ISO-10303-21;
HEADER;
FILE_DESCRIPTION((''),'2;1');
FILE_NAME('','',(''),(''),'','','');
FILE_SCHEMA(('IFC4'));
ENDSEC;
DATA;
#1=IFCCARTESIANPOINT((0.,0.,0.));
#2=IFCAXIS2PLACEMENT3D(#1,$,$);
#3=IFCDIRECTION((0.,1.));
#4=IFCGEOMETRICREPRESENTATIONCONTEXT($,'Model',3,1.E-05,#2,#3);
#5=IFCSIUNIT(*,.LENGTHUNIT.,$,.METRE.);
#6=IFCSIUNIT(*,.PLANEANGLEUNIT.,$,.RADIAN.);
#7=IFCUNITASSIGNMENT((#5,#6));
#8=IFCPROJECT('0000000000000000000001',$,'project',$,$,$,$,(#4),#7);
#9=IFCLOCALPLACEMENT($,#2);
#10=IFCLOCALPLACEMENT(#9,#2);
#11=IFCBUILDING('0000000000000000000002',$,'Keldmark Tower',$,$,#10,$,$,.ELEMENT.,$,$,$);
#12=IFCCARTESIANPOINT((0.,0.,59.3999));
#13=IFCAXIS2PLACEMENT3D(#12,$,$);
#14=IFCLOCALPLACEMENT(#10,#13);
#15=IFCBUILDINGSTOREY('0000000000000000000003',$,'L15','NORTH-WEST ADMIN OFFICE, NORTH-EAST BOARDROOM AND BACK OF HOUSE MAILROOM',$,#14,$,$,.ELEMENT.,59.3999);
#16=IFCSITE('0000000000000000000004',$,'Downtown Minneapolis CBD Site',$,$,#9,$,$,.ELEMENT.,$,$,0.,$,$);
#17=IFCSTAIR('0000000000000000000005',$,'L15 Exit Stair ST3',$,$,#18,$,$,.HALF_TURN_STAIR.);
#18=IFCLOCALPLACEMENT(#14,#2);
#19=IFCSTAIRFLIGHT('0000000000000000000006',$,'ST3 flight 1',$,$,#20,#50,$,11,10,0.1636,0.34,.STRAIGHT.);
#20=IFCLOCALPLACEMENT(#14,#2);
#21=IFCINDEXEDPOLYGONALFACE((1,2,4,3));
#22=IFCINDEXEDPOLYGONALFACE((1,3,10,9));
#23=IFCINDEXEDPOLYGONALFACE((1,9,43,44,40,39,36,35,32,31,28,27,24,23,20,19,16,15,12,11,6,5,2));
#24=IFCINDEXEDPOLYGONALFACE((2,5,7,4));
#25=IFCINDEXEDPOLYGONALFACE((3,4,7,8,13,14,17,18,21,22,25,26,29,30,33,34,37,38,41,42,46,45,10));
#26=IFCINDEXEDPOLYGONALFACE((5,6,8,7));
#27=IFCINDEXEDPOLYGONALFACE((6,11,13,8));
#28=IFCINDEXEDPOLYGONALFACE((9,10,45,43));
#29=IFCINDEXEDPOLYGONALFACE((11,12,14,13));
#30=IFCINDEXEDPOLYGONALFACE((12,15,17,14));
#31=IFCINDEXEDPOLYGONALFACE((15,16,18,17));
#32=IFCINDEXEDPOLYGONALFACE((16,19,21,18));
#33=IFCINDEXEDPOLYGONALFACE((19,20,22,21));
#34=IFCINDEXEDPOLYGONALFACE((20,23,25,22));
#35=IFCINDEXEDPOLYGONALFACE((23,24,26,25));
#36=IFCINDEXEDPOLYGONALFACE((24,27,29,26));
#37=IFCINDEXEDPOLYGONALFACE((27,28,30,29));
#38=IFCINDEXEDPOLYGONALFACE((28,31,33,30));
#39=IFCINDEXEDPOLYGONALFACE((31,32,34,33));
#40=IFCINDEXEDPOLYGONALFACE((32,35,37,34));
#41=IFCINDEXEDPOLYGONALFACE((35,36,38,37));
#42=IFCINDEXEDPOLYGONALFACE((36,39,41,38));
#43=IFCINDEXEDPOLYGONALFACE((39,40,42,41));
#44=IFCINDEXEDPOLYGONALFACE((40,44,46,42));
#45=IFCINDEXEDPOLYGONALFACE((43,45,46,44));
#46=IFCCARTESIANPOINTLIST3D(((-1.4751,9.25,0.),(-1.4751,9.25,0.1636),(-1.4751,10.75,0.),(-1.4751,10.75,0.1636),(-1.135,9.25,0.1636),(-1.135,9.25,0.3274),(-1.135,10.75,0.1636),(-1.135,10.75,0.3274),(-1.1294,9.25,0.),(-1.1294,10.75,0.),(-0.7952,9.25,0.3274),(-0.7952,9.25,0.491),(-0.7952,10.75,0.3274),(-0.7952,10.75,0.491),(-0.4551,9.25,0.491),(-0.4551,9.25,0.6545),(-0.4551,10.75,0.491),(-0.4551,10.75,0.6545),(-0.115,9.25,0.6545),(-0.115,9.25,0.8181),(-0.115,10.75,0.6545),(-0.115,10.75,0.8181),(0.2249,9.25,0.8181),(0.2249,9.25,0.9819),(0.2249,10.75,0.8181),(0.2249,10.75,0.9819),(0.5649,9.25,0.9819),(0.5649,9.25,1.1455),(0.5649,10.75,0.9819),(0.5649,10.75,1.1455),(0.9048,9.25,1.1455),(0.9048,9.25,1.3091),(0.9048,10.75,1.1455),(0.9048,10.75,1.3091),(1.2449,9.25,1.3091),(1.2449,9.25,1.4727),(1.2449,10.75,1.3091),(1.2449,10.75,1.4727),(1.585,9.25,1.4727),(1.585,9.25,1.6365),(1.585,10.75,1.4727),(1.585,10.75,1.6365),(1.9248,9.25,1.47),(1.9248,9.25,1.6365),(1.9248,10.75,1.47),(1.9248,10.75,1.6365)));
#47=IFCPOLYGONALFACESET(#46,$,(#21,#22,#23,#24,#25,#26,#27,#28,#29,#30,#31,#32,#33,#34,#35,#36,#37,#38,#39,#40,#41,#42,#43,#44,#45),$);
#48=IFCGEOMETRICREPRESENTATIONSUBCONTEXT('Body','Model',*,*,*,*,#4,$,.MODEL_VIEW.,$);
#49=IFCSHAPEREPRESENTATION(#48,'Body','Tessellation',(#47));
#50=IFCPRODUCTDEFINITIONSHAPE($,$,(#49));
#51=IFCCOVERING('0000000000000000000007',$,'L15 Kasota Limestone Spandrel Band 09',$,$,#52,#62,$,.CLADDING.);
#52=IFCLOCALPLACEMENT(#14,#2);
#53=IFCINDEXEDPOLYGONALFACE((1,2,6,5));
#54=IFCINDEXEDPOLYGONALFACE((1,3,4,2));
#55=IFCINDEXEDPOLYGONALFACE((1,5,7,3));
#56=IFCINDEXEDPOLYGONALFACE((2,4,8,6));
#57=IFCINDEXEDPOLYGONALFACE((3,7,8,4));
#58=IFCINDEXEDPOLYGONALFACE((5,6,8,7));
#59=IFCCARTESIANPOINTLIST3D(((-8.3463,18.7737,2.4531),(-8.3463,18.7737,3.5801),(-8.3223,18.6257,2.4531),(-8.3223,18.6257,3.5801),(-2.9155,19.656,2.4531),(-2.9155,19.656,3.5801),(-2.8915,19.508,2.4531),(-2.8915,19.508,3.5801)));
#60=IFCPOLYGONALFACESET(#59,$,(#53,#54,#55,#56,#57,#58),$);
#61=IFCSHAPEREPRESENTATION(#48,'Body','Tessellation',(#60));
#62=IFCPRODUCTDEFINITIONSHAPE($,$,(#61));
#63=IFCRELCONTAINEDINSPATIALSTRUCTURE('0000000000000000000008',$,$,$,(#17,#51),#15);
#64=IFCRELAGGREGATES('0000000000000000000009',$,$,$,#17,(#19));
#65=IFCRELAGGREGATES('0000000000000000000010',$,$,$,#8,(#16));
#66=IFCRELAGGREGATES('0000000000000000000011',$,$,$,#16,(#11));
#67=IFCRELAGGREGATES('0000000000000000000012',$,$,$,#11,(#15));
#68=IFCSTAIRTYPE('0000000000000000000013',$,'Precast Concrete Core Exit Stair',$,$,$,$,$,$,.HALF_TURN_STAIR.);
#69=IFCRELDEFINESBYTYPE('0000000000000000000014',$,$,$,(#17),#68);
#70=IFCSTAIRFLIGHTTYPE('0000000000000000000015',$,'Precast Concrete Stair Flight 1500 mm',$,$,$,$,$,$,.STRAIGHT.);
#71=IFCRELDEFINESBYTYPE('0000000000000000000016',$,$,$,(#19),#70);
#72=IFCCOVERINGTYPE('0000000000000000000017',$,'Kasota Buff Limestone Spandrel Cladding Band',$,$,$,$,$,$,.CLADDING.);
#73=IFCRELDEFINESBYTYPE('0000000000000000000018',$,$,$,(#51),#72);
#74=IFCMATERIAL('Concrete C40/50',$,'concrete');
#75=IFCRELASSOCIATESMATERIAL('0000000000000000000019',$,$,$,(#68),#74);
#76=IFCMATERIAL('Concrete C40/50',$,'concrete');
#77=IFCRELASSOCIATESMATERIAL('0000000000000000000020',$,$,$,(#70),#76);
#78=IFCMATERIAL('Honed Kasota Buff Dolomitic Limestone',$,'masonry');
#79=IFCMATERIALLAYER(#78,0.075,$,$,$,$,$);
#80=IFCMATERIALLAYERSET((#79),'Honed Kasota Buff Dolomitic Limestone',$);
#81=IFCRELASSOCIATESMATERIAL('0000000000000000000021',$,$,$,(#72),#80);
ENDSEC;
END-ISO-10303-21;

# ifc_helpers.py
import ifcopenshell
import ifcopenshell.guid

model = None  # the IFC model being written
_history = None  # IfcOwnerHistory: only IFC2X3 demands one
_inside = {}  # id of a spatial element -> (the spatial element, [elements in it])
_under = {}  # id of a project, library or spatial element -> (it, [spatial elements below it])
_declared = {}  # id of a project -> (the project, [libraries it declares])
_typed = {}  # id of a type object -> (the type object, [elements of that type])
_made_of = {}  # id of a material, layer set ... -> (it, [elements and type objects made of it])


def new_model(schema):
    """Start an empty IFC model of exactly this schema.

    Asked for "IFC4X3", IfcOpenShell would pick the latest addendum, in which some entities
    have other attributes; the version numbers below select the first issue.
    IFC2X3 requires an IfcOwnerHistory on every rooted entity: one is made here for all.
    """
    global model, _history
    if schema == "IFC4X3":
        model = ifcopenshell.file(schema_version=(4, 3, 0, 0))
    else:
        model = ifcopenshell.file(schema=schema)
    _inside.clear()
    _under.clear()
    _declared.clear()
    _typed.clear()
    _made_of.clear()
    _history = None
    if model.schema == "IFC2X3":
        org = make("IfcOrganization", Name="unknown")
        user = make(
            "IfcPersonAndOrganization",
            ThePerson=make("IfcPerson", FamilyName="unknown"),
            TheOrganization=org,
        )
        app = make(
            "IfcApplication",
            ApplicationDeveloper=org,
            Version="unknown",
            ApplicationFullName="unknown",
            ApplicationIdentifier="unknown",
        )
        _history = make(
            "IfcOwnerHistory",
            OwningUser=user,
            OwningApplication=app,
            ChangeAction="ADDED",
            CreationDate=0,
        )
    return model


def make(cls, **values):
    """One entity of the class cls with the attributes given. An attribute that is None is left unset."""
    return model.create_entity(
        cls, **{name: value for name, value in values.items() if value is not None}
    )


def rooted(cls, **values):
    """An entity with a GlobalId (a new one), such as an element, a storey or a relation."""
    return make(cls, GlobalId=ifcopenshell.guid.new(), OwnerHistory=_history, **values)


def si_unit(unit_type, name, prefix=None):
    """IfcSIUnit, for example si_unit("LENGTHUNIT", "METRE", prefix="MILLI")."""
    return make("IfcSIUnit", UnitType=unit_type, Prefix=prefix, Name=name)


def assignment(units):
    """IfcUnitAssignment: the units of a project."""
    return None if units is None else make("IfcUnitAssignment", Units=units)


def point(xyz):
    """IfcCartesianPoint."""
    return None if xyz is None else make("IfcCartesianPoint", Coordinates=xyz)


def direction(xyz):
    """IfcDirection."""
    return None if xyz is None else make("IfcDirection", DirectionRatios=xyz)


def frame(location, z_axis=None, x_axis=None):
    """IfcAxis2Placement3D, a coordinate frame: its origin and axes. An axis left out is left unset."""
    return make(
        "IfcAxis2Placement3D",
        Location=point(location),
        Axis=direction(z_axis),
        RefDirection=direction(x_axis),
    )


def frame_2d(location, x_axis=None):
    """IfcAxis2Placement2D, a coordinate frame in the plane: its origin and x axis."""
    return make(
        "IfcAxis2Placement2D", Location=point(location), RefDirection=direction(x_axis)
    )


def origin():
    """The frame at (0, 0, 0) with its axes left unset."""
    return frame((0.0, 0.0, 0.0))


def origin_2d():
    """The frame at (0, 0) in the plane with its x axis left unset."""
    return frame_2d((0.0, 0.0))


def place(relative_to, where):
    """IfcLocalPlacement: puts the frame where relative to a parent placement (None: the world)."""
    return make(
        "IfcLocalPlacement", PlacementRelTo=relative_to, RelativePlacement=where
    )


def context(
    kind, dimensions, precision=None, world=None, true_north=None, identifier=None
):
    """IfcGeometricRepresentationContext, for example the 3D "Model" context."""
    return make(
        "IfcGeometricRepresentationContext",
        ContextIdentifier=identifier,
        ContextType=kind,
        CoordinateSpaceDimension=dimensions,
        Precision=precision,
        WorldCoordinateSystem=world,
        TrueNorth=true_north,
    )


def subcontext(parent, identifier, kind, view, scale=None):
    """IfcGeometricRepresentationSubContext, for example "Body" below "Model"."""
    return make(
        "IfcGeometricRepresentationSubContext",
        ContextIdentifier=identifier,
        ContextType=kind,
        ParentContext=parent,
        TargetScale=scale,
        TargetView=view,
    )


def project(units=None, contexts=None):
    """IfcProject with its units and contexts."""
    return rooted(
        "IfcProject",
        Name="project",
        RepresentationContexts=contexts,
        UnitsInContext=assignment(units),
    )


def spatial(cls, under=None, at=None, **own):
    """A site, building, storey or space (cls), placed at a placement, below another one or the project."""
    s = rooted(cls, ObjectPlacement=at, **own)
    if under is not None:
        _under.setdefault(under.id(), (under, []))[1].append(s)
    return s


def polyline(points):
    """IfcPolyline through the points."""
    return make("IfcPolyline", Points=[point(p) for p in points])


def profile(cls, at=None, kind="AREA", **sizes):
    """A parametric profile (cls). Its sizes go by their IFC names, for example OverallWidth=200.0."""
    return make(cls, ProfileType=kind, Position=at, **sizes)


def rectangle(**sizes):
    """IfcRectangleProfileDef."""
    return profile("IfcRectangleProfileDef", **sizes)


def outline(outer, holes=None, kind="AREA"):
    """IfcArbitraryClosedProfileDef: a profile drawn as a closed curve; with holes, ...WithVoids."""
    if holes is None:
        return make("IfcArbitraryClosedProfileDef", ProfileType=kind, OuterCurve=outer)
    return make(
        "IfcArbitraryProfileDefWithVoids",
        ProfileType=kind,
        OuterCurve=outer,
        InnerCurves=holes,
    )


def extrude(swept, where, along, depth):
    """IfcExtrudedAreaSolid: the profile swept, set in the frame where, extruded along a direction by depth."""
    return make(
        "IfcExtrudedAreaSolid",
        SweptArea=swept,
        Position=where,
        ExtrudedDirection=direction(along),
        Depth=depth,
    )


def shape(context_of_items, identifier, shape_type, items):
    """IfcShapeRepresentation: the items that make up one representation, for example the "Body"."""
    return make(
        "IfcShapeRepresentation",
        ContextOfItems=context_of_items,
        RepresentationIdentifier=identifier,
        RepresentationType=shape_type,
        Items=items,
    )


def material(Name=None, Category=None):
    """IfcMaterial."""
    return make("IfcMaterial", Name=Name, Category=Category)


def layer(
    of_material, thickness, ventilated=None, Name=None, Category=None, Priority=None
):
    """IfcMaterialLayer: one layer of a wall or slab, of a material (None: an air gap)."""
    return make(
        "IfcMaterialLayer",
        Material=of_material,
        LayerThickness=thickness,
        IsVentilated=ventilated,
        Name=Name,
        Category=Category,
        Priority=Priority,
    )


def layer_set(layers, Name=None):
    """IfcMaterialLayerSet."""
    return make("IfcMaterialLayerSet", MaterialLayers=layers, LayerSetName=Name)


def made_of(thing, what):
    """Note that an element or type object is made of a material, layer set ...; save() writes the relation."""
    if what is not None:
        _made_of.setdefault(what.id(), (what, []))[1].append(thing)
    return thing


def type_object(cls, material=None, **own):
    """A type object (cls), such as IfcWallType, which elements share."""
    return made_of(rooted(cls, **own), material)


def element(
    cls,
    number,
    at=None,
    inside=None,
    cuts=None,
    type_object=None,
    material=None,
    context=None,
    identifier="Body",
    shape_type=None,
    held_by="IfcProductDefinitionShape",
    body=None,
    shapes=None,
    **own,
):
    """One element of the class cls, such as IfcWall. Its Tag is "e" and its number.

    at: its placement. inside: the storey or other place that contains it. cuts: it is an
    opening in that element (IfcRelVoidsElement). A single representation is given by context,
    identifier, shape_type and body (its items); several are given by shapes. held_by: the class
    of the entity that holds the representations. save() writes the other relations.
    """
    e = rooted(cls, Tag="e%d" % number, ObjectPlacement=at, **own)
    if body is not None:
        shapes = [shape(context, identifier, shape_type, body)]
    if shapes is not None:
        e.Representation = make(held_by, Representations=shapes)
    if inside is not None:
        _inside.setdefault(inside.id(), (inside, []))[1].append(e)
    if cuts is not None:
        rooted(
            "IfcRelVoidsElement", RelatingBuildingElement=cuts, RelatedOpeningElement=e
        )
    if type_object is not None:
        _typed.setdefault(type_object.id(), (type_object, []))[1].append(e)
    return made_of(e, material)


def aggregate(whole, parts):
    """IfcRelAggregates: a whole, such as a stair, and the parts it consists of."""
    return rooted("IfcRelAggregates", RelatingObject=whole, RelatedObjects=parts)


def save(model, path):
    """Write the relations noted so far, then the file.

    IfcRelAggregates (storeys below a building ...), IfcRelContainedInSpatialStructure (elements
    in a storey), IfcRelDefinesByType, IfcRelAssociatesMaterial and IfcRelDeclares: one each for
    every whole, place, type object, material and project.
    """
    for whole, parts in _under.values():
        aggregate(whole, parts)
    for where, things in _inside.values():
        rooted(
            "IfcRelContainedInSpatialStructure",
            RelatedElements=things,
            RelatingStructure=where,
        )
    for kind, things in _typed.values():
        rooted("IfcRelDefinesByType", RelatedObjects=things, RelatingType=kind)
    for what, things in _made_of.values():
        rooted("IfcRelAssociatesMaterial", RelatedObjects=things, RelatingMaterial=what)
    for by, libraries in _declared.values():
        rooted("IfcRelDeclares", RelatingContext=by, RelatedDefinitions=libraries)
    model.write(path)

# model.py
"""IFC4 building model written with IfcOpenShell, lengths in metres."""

from ifc_helpers import new_model, si_unit, direction, frame, origin, origin_2d, place, context, subcontext, project, spatial, polyline, rectangle, outline, extrude, material, layer, layer_set, type_object, element, aggregate, save


model = new_model("IFC4")

# Units and contexts
model_context = context("Model", 3, precision=1e-05, world=origin(), true_north=direction((0.0, 1.0)))
body_context = subcontext(model_context, "Body", "Model", "MODEL_VIEW")
ifc_project = project(units=[si_unit("LENGTHUNIT", "METRE"), si_unit("PLANEANGLEUNIT", "RADIAN")], contexts=[model_context])

# Site, building, storey
site_placement = place(None, origin())
site = spatial("IfcSite", under=ifc_project, at=site_placement, Name="Downtown Minneapolis CBD Site", CompositionType="ELEMENT", RefElevation=0.0)
building_placement = place(site_placement, origin())
building = spatial("IfcBuilding", under=site, at=building_placement, Name="Keldmark Tower", CompositionType="ELEMENT")
storey_placement = place(building_placement, frame((0.0, 0.0, 59.3999)))
storey = spatial("IfcBuildingStorey", under=building, at=storey_placement, Name="L15", Description="NORTH-WEST ADMIN OFFICE, NORTH-EAST BOARDROOM AND BACK OF HOUSE MAILROOM", CompositionType="ELEMENT", Elevation=59.3999)

# Stair, stair flight
ifc_material_1 = material(Name="Concrete C40/50", Category="concrete")
stair_type = type_object("IfcStairType", Name="Precast Concrete Core Exit Stair", PredefinedType="HALF_TURN_STAIR", material=ifc_material_1)
stair_placement = place(storey_placement, origin())
stair = element("IfcStair", 1, at=stair_placement, inside=storey, type_object=stair_type, Name="L15 Exit Stair ST3", PredefinedType="HALF_TURN_STAIR")
ifc_material_2 = material(Name="Concrete C40/50", Category="concrete")
stair_flight_type = type_object("IfcStairFlightType", Name="Precast Concrete Stair Flight 1500 mm", PredefinedType="STRAIGHT", material=ifc_material_2)
stair_flight_placement = place(storey_placement, frame((-1.4751, 10.0, 0.0), z_axis=(0.0, 0.0, 1.0), x_axis=(1.0, 0.0, 0.0)))
stair_flight = element("IfcStairFlight", 2, at=stair_flight_placement, type_object=stair_flight_type, Name="ST3 flight 1", NumberOfRisers=11, NumberOfTreads=10, PredefinedType="STRAIGHT", RiserHeight=0.1636, TreadLength=0.34, context=body_context, shape_type="SweptSolid", body=[
    extrude(outline(polyline([(0.0, 0.0), (0.0, 0.1636), (0.3401, 0.1636), (0.3401, 0.3274), (0.6799, 0.3274), (0.6799, 0.491), (1.02, 0.491), (1.02, 0.6545), (1.3601, 0.6545), (1.3601, 0.8181), (1.7, 0.8181), (1.7, 0.9819), (2.04, 0.9819), (2.04, 1.1455), (2.3799, 1.1455), (2.3799, 1.3091), (2.72, 1.3091), (2.72, 1.4727), (3.0601, 1.4727), (3.0601, 1.6365), (3.3999, 1.6365), (3.3999, 1.8), (3.3999, 1.47), (0.3457, 0.0), (0.0, 0.0)])), frame((0.0, 0.75, 0.0), z_axis=(0.0, -1.0, 0.0), x_axis=(1.0, 0.0, 0.0)), (0.0, 0.0, 1.0), 1.5),
])
aggregate(stair, [stair_flight])

# Covering
ifc_material_3 = material(Name="Honed Kasota Buff Dolomitic Limestone", Category="masonry")
ifc_layer_1 = layer(ifc_material_3, 0.075)
ifc_layer_set_1 = layer_set([ifc_layer_1], Name="Honed Kasota Buff Dolomitic Limestone")
covering_type = type_object("IfcCoveringType", Name="Kasota Buff Limestone Spandrel Cladding Band", PredefinedType="CLADDING", material=ifc_layer_set_1)
covering_placement = place(storey_placement, frame((-5.6189, 19.1409, 2.4531), z_axis=(0.0, 0.0, 1.0), x_axis=(-0.987058, -0.160364, 0.0)))
element("IfcCovering", 3, at=covering_placement, inside=storey, type_object=covering_type, Name="L15 Kasota Limestone Spandrel Band 09", PredefinedType="CLADDING", context=body_context, shape_type="SweptSolid", body=[
    extrude(rectangle(XDim=5.502, YDim=0.1499, at=origin_2d()), origin(), (0.0, 0.0, 1.0), 1.127),
])

save(model, "model.ifc")
